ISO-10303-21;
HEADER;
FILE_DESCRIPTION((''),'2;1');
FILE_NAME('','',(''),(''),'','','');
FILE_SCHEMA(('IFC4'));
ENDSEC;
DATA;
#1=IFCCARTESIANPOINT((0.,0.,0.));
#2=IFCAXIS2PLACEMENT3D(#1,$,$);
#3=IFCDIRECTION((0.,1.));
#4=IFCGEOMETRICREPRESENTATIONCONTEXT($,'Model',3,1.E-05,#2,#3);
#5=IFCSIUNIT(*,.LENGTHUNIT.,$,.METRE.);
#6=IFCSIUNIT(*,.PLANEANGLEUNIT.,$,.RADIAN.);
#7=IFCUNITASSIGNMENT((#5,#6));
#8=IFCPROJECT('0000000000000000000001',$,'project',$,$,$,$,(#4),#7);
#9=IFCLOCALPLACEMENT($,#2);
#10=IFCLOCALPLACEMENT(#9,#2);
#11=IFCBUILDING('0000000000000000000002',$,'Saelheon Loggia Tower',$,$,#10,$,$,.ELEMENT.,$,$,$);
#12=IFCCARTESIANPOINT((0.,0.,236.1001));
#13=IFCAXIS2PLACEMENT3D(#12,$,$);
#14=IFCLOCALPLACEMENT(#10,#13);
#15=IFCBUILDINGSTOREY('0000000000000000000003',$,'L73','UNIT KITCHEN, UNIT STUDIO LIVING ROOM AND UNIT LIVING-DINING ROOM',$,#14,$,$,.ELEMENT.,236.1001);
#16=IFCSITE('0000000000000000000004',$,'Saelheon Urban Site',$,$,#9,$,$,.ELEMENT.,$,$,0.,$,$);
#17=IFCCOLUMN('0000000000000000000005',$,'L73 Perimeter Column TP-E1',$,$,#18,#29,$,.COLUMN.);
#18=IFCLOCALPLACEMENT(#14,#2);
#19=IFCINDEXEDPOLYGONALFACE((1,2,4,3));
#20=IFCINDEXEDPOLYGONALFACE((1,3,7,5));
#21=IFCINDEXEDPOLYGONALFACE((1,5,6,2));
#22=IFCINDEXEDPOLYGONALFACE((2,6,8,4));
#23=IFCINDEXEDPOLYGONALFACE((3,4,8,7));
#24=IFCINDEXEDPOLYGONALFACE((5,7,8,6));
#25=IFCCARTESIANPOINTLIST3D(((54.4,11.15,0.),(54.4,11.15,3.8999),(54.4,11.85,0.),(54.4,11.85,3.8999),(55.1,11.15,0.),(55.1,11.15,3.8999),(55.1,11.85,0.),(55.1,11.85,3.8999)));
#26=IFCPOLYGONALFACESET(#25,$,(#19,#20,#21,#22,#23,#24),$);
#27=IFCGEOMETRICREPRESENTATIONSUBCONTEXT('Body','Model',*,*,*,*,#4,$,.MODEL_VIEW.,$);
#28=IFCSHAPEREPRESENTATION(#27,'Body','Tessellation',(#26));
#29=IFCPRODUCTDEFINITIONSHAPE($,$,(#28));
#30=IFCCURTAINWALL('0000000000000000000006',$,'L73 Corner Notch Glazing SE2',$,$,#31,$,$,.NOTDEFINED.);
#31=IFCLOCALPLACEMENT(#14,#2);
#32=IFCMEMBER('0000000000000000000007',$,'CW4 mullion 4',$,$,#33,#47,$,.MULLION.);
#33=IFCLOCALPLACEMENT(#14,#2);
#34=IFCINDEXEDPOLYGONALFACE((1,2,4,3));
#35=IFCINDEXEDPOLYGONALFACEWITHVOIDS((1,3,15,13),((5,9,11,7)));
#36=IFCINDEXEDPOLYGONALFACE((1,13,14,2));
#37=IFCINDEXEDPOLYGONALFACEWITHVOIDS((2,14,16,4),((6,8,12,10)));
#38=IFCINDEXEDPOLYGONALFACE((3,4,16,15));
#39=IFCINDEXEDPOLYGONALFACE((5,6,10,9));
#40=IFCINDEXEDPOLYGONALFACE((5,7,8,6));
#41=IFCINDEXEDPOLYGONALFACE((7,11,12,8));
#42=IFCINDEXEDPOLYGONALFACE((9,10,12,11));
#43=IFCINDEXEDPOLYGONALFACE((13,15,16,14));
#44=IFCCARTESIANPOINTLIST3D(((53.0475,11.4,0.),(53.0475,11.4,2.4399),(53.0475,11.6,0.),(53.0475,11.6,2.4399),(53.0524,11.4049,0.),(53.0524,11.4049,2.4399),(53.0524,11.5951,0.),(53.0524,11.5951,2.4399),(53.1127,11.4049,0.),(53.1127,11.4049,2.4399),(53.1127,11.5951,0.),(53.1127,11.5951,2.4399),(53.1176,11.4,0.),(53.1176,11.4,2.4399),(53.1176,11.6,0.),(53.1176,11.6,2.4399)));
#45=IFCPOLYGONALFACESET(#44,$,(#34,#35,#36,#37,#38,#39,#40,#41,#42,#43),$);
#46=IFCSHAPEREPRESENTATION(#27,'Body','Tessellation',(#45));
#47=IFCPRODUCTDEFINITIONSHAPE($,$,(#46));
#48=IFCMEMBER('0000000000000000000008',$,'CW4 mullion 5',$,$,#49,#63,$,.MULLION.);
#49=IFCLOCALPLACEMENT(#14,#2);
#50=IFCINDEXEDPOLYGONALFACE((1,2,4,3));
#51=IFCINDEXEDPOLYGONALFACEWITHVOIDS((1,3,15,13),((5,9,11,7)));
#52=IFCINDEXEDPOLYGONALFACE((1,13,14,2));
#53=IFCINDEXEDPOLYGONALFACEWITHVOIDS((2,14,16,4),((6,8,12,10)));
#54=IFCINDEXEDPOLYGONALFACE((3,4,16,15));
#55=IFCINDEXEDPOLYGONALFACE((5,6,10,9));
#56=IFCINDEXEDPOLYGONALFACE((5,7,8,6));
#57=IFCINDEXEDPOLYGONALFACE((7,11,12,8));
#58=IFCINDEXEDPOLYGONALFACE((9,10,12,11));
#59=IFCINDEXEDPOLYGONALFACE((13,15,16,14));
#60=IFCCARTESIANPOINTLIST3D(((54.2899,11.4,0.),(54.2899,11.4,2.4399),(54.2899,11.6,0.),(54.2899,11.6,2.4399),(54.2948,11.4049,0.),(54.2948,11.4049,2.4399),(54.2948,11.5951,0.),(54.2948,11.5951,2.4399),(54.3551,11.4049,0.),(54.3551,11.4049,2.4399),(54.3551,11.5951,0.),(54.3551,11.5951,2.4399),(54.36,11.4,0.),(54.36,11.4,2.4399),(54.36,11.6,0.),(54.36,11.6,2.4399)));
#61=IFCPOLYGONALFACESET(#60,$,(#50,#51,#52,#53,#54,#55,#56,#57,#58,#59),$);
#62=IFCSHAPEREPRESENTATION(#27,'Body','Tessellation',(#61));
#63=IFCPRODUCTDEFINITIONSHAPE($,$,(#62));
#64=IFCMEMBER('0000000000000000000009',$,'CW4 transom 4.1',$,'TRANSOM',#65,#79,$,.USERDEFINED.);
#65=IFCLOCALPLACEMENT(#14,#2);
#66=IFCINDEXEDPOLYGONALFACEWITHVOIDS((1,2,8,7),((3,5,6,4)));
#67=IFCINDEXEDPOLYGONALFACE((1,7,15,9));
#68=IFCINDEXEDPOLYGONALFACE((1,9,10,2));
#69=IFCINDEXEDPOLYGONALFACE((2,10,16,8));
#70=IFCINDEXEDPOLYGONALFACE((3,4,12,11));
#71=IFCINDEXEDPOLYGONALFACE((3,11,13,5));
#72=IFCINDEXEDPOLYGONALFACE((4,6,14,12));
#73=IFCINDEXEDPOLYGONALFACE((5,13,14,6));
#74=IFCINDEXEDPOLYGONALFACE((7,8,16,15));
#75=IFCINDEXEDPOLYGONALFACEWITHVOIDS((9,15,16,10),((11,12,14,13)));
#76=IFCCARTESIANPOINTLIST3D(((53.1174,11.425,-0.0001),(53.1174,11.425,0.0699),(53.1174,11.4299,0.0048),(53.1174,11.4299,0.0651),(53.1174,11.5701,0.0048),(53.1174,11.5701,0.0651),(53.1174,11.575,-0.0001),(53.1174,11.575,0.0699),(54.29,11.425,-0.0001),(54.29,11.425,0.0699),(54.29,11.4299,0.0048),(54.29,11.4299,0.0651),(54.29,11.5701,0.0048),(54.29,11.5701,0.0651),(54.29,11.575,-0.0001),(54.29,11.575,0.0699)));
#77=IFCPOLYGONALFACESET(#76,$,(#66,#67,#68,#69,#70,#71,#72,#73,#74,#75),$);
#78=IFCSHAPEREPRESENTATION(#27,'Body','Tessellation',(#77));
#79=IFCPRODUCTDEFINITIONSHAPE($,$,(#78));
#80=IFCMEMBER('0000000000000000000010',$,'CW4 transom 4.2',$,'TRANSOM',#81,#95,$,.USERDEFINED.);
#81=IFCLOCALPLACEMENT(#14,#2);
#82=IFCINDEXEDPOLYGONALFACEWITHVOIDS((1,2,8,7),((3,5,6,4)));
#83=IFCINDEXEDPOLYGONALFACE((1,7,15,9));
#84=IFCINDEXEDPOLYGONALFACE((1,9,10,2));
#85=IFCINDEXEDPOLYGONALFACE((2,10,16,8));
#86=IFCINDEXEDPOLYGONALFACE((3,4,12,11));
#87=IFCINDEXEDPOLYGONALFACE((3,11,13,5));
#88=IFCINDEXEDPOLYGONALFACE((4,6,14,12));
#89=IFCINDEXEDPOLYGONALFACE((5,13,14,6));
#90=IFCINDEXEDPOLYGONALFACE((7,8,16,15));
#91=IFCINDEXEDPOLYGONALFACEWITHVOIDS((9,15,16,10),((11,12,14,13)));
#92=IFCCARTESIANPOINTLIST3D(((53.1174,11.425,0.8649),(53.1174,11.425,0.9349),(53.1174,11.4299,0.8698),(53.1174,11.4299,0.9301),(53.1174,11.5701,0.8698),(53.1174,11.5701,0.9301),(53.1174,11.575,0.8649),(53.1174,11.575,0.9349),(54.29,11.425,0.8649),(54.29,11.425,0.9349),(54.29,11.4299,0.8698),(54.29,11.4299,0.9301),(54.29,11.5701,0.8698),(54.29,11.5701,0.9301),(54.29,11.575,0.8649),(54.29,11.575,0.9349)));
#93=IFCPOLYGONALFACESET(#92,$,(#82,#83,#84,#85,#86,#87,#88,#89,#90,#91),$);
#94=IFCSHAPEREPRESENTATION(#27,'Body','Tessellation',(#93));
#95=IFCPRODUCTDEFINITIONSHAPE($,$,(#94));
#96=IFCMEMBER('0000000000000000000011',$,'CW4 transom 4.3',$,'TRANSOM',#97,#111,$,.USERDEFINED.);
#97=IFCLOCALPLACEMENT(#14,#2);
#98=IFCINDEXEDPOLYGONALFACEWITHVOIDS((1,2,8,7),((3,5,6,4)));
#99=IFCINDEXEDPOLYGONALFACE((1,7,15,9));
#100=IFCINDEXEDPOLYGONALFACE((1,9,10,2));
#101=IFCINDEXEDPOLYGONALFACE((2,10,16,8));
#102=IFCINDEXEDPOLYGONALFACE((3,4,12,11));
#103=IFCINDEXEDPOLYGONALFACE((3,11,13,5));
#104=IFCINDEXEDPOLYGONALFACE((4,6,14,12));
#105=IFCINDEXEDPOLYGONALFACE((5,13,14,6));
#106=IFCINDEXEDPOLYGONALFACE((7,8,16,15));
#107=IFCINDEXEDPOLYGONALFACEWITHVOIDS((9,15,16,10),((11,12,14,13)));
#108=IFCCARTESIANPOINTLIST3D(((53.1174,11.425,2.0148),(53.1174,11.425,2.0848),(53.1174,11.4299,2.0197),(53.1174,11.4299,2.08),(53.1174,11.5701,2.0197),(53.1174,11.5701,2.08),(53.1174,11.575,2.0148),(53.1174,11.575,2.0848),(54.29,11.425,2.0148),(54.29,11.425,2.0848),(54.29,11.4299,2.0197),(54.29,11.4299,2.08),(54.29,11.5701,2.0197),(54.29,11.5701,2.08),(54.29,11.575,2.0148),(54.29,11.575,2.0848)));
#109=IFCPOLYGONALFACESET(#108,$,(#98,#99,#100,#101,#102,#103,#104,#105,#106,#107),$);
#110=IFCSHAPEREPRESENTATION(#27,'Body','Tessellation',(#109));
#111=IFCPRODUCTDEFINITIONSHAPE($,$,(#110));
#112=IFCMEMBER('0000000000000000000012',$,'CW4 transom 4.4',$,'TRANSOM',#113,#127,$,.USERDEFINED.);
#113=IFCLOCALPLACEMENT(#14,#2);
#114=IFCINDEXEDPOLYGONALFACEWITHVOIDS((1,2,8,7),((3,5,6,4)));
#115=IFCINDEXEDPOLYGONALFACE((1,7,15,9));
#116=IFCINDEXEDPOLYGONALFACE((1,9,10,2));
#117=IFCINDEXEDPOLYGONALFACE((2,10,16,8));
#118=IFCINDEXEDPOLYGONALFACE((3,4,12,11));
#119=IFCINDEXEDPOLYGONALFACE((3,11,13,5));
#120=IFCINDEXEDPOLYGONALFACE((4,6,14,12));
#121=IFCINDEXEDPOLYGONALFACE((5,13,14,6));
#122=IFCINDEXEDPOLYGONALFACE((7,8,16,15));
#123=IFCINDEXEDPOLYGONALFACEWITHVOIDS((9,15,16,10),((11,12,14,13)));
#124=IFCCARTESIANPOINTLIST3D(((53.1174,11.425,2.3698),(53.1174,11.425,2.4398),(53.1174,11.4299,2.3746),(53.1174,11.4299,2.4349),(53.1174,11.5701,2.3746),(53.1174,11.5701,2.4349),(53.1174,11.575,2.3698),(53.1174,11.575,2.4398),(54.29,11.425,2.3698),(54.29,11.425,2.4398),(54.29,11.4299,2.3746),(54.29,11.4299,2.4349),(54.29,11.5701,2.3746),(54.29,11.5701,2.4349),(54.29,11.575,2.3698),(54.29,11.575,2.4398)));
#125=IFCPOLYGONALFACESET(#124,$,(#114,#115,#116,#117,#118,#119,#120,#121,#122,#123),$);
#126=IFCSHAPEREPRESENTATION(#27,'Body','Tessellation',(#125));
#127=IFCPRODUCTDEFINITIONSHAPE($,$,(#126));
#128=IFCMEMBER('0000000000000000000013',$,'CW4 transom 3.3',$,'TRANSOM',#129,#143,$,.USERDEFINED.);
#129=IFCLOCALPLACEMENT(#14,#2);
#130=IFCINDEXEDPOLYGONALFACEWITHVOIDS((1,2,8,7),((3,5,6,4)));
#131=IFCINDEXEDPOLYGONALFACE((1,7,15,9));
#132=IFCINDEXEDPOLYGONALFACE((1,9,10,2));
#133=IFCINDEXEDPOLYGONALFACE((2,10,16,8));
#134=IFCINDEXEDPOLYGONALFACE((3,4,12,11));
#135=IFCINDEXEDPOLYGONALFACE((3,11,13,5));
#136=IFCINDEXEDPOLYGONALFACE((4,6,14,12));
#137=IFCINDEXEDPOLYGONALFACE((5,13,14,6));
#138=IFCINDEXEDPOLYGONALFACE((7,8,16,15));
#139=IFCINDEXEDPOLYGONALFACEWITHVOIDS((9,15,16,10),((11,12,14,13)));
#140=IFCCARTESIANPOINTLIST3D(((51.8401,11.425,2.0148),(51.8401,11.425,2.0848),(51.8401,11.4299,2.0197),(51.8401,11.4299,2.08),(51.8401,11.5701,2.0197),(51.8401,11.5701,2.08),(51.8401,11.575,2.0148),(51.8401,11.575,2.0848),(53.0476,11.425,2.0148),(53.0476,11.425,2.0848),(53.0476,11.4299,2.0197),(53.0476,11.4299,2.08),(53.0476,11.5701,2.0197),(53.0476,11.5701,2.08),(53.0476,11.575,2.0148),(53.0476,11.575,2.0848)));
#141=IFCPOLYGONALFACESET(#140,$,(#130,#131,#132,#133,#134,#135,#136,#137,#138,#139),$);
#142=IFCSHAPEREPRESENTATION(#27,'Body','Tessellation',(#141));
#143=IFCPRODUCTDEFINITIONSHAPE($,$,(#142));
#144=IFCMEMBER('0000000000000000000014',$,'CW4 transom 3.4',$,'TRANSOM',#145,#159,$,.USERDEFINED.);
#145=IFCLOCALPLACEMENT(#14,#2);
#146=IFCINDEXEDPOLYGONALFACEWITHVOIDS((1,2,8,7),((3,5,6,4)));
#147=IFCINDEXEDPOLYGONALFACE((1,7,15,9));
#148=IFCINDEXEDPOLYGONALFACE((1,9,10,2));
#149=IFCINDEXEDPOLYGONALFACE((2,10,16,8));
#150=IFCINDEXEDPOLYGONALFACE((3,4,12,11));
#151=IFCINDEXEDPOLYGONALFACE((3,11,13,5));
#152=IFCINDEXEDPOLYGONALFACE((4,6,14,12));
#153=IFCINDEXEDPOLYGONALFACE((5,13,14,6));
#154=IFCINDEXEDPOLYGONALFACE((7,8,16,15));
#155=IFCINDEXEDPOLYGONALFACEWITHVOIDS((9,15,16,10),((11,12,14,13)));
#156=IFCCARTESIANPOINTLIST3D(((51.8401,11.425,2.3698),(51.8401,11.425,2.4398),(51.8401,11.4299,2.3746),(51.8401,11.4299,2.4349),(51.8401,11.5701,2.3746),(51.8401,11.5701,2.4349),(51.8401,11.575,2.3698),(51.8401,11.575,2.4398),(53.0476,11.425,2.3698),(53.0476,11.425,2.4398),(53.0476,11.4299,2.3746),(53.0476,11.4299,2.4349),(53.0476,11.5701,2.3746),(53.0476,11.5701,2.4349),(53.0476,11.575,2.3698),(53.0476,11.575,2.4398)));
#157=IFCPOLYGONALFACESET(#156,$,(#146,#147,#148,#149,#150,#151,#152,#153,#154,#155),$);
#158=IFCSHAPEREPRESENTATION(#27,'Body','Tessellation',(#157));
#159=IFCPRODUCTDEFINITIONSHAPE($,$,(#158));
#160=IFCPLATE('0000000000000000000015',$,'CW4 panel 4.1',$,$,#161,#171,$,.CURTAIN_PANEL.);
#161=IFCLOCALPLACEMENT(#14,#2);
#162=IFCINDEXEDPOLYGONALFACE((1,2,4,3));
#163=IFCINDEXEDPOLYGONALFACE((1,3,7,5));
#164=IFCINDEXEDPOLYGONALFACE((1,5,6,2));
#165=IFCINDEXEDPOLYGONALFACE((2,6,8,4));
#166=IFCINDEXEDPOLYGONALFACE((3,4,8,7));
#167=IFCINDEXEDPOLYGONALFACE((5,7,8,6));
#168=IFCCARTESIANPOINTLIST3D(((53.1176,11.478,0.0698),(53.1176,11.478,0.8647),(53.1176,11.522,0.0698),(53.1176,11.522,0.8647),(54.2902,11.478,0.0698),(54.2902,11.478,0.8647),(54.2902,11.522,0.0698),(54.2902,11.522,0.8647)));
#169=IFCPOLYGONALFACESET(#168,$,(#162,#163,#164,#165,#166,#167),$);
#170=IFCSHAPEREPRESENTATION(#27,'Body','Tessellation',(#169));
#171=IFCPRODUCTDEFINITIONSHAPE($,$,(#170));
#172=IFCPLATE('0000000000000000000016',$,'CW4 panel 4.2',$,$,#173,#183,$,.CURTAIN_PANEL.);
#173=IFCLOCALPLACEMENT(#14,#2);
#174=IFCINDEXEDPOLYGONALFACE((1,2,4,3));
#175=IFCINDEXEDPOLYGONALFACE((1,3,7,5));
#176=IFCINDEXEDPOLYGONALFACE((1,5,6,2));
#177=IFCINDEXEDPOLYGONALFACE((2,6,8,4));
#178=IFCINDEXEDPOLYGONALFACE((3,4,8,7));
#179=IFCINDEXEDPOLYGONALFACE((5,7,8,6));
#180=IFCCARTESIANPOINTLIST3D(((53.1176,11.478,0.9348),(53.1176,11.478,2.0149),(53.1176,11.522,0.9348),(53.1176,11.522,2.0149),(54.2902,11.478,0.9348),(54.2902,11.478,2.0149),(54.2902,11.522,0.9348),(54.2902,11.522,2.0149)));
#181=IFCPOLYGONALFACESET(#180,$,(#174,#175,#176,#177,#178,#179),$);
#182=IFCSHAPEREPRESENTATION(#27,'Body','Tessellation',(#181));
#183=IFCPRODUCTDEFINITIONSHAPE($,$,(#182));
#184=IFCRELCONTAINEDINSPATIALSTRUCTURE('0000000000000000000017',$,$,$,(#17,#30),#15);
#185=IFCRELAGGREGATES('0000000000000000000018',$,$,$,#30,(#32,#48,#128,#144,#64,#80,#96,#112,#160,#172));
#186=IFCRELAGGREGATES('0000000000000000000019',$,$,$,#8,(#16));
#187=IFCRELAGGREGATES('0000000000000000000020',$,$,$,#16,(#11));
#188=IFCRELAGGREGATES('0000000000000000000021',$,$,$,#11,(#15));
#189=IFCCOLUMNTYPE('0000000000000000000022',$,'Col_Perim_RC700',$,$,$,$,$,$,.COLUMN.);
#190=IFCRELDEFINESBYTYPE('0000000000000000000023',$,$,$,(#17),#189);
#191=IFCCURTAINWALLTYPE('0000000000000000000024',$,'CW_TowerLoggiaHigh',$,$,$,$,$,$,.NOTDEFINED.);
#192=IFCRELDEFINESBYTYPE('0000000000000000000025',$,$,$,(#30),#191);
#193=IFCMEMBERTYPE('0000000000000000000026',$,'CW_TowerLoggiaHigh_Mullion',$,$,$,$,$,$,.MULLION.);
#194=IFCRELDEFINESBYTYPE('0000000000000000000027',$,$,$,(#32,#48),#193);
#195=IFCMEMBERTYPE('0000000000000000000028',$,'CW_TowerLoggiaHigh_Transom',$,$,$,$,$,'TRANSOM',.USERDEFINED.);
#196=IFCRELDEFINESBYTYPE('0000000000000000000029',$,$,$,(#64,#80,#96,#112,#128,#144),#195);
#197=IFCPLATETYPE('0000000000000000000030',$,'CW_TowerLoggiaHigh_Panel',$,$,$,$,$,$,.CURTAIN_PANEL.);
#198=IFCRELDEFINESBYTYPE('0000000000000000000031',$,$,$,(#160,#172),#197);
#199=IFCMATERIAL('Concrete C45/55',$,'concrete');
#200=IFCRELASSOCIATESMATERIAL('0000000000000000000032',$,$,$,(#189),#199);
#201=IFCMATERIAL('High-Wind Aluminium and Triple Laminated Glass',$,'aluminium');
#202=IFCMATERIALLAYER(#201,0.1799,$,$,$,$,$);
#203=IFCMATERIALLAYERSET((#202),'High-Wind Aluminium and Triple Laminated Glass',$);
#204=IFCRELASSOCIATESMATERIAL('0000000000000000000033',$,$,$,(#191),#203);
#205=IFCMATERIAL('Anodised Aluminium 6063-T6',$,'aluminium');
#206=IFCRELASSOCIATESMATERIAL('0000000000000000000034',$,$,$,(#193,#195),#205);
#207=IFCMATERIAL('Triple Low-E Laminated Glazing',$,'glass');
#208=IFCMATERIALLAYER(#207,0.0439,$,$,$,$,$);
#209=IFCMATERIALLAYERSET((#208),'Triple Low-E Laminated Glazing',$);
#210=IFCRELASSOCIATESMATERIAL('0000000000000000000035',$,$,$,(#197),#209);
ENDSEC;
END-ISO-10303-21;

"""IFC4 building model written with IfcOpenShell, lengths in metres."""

from ifc_helpers import new_model, si_unit, direction, frame, origin, origin_2d, place, context, subcontext, project, spatial, rectangle, hollow_rectangle, extrude, source, transform, mapped, material, layer, layer_set, material_profile, profile_set, type_object, element, aggregate, save


model = new_model("IFC4")

# Units and contexts
model_context = context("Model", 3, precision=1e-05, world=origin(), true_north=direction((0.0, 1.0)))
body_context = subcontext(model_context, "Body", "Model", "MODEL_VIEW")
ifc_project = project(units=[si_unit("LENGTHUNIT", "METRE"), si_unit("PLANEANGLEUNIT", "RADIAN")], contexts=[model_context])

# Site, building, storey
site_placement = place(None, origin())
site = spatial("IfcSite", under=ifc_project, at=site_placement, Name="Saelheon Urban Site", CompositionType="ELEMENT", RefElevation=0.0)
building_placement = place(site_placement, origin())
building = spatial("IfcBuilding", under=site, at=building_placement, Name="Saelheon Loggia Tower", CompositionType="ELEMENT")
storey_placement = place(building_placement, frame((0.0, 0.0, 236.1001)))
storey = spatial("IfcBuildingStorey", under=building, at=storey_placement, Name="L73", Description="UNIT KITCHEN, UNIT STUDIO LIVING ROOM AND UNIT LIVING-DINING ROOM", CompositionType="ELEMENT", Elevation=236.1001)

# Column
ifc_material_1 = material(Name="Concrete C45/55", Category="concrete")
ifc_material_profile_1 = material_profile(ifc_material_1, rectangle(XDim=0.7, YDim=0.7, at=origin_2d()), Name="RC-700x700")
ifc_profile_set_1 = profile_set([ifc_material_profile_1], Name="Concrete C45/55")
column_type = type_object("IfcColumnType", Name="Col_Perim_RC700", PredefinedType="COLUMN", material=ifc_profile_set_1)
shared_shape_1 = source(origin(), body_context, "Body", "SweptSolid", [
    extrude(rectangle(XDim=0.7, YDim=0.7, at=origin_2d()), origin(), (0.0, 0.0, 1.0), 3.8999),
])
column_placement = place(storey_placement, frame((54.75, 11.5, 0.0), z_axis=(0.0, 0.0, 1.0), x_axis=(1.0, 0.0, 0.0)))
element("IfcColumn", 1, at=column_placement, inside=storey, type_object=column_type, Name="L73 Perimeter Column TP-E1", PredefinedType="COLUMN", context=body_context, shape_type="MappedRepresentation", body=[
    mapped(shared_shape_1, transform((0.0, 0.0, 0.0), scale=1.0)),
])

# Curtain wall, members, plates
ifc_material_2 = material(Name="High-Wind Aluminium and Triple Laminated Glass", Category="aluminium")
ifc_layer_1 = layer(ifc_material_2, 0.1799)
ifc_layer_set_1 = layer_set([ifc_layer_1], Name="High-Wind Aluminium and Triple Laminated Glass")
curtain_wall_type = type_object("IfcCurtainWallType", Name="CW_TowerLoggiaHigh", PredefinedType="NOTDEFINED", material=ifc_layer_set_1)
curtain_wall_placement = place(storey_placement, origin())
curtain_wall = element("IfcCurtainWall", 2, at=curtain_wall_placement, inside=storey, type_object=curtain_wall_type, Name="L73 Corner Notch Glazing SE2", PredefinedType="NOTDEFINED")
ifc_material_3 = material(Name="Anodised Aluminium 6063-T6", Category="aluminium")
ifc_material_profile_2 = material_profile(ifc_material_3, hollow_rectangle(XDim=0.0701, YDim=0.2, WallThickness=0.0049, at=origin_2d()), Name="RHS-200x70x5")
ifc_profile_set_2 = profile_set([ifc_material_profile_2], Name="Anodised Aluminium 6063-T6")
member_type_1 = type_object("IfcMemberType", Name="CW_TowerLoggiaHigh_Mullion", PredefinedType="MULLION", material=ifc_profile_set_2)
shared_shape_2 = source(origin(), body_context, "Body", "SweptSolid", [
    extrude(hollow_rectangle(XDim=0.0701, YDim=0.2, WallThickness=0.0049, at=origin_2d()), origin(), (0.0, 0.0, 1.0), 2.4399),
])
member_1_placement = place(storey_placement, frame((53.0825, 11.5, 0.0), z_axis=(0.0, 0.0, 1.0), x_axis=(1.0, 0.0, 0.0)))
member_1 = element("IfcMember", 3, at=member_1_placement, type_object=member_type_1, Name="CW4 mullion 4", PredefinedType="MULLION", context=body_context, shape_type="MappedRepresentation", body=[
    mapped(shared_shape_2, transform((0.0, 0.0, 0.0), scale=1.0)),
])
member_2_placement = place(storey_placement, frame((54.325, 11.5, 0.0), z_axis=(0.0, 0.0, 1.0), x_axis=(1.0, 0.0, 0.0)))
member_2 = element("IfcMember", 4, at=member_2_placement, type_object=member_type_1, Name="CW4 mullion 5", PredefinedType="MULLION", context=body_context, shape_type="MappedRepresentation", body=[
    mapped(shared_shape_2, transform((0.0, 0.0, 0.0), scale=1.0)),
])
ifc_material_profile_3 = material_profile(ifc_material_3, hollow_rectangle(XDim=0.0701, YDim=0.1499, WallThickness=0.0049, at=origin_2d()), Name="RHS-150x70x5")
ifc_profile_set_3 = profile_set([ifc_material_profile_3], Name="Anodised Aluminium 6063-T6")
member_type_2 = type_object("IfcMemberType", Name="CW_TowerLoggiaHigh_Transom", ElementType="TRANSOM", PredefinedType="USERDEFINED", material=ifc_profile_set_3)
shared_shape_3 = source(origin(), body_context, "Body", "SweptSolid", [
    extrude(hollow_rectangle(XDim=0.0701, YDim=0.1499, WallThickness=0.0049, at=origin_2d()), origin(), (0.0, 0.0, 1.0), 1.1726),
])
member_3_placement = place(storey_placement, frame((53.1174, 11.5, 0.0349), z_axis=(1.0, 0.0, 0.0), x_axis=(0.0, 0.0, 1.0)))
member_3 = element("IfcMember", 5, at=member_3_placement, type_object=member_type_2, Name="CW4 transom 4.1", ObjectType="TRANSOM", PredefinedType="USERDEFINED", context=body_context, shape_type="MappedRepresentation", body=[
    mapped(shared_shape_3, transform((0.0, 0.0, 0.0), scale=1.0)),
])
member_4_placement = place(storey_placement, frame((53.1174, 11.5, 0.8999), z_axis=(1.0, 0.0, 0.0), x_axis=(0.0, 0.0, 1.0)))
member_4 = element("IfcMember", 6, at=member_4_placement, type_object=member_type_2, Name="CW4 transom 4.2", ObjectType="TRANSOM", PredefinedType="USERDEFINED", context=body_context, shape_type="MappedRepresentation", body=[
    mapped(shared_shape_3, transform((0.0, 0.0, 0.0), scale=1.0)),
])
member_5_placement = place(storey_placement, frame((53.1174, 11.5, 2.0498), z_axis=(1.0, 0.0, 0.0), x_axis=(0.0, 0.0, 1.0)))
member_5 = element("IfcMember", 7, at=member_5_placement, type_object=member_type_2, Name="CW4 transom 4.3", ObjectType="TRANSOM", PredefinedType="USERDEFINED", context=body_context, shape_type="MappedRepresentation", body=[
    mapped(shared_shape_3, transform((0.0, 0.0, 0.0), scale=1.0)),
])
member_6_placement = place(storey_placement, frame((53.1174, 11.5, 2.4048), z_axis=(1.0, 0.0, 0.0), x_axis=(0.0, 0.0, 1.0)))
member_6 = element("IfcMember", 8, at=member_6_placement, type_object=member_type_2, Name="CW4 transom 4.4", ObjectType="TRANSOM", PredefinedType="USERDEFINED", context=body_context, shape_type="MappedRepresentation", body=[
    mapped(shared_shape_3, transform((0.0, 0.0, 0.0), scale=1.0)),
])
shared_shape_4 = source(origin(), body_context, "Body", "SweptSolid", [
    extrude(hollow_rectangle(XDim=0.0701, YDim=0.1499, WallThickness=0.0049, at=origin_2d()), origin(), (0.0, 0.0, 1.0), 1.2075),
])
member_7_placement = place(storey_placement, frame((51.8401, 11.5, 2.0498), z_axis=(1.0, 0.0, 0.0), x_axis=(0.0, 0.0, 1.0)))
member_7 = element("IfcMember", 9, at=member_7_placement, type_object=member_type_2, Name="CW4 transom 3.3", ObjectType="TRANSOM", PredefinedType="USERDEFINED", context=body_context, shape_type="MappedRepresentation", body=[
    mapped(shared_shape_4, transform((0.0, 0.0, 0.0), scale=1.0)),
])
member_8_placement = place(storey_placement, frame((51.8401, 11.5, 2.4048), z_axis=(1.0, 0.0, 0.0), x_axis=(0.0, 0.0, 1.0)))
member_8 = element("IfcMember", 10, at=member_8_placement, type_object=member_type_2, Name="CW4 transom 3.4", ObjectType="TRANSOM", PredefinedType="USERDEFINED", context=body_context, shape_type="MappedRepresentation", body=[
    mapped(shared_shape_4, transform((0.0, 0.0, 0.0), scale=1.0)),
])
ifc_material_4 = material(Name="Triple Low-E Laminated Glazing", Category="glass")
ifc_layer_2 = layer(ifc_material_4, 0.0439)
ifc_layer_set_2 = layer_set([ifc_layer_2], Name="Triple Low-E Laminated Glazing")
plate_type = type_object("IfcPlateType", Name="CW_TowerLoggiaHigh_Panel", PredefinedType="CURTAIN_PANEL", material=ifc_layer_set_2)
shared_shape_5 = source(origin(), body_context, "Body", "SweptSolid", [
    extrude(rectangle(XDim=1.1726, YDim=0.0439, at=origin_2d()), origin(), (0.0, 0.0, 1.0), 0.7949),
])
plate_1_placement = place(storey_placement, frame((53.7039, 11.5, 0.0698), z_axis=(0.0, 0.0, 1.0), x_axis=(1.0, 0.0, 0.0)))
plate_1 = element("IfcPlate", 11, at=plate_1_placement, type_object=plate_type, Name="CW4 panel 4.1", PredefinedType="CURTAIN_PANEL", context=body_context, shape_type="MappedRepresentation", body=[
    mapped(shared_shape_5, transform((0.0, 0.0, 0.0), scale=1.0)),
])
shared_shape_6 = source(origin(), body_context, "Body", "SweptSolid", [
    extrude(rectangle(XDim=1.1726, YDim=0.0439, at=origin_2d()), origin(), (0.0, 0.0, 1.0), 1.0801),
])
plate_2_placement = place(storey_placement, frame((53.7039, 11.5, 0.9348), z_axis=(0.0, 0.0, 1.0), x_axis=(1.0, 0.0, 0.0)))
plate_2 = element("IfcPlate", 12, at=plate_2_placement, type_object=plate_type, Name="CW4 panel 4.2", PredefinedType="CURTAIN_PANEL", context=body_context, shape_type="MappedRepresentation", body=[
    mapped(shared_shape_6, transform((0.0, 0.0, 0.0), scale=1.0)),
])
aggregate(curtain_wall, [member_1, member_2, member_7, member_8, member_3, member_4, member_5, member_6, plate_1, plate_2])

save(model, "model.ifc")
